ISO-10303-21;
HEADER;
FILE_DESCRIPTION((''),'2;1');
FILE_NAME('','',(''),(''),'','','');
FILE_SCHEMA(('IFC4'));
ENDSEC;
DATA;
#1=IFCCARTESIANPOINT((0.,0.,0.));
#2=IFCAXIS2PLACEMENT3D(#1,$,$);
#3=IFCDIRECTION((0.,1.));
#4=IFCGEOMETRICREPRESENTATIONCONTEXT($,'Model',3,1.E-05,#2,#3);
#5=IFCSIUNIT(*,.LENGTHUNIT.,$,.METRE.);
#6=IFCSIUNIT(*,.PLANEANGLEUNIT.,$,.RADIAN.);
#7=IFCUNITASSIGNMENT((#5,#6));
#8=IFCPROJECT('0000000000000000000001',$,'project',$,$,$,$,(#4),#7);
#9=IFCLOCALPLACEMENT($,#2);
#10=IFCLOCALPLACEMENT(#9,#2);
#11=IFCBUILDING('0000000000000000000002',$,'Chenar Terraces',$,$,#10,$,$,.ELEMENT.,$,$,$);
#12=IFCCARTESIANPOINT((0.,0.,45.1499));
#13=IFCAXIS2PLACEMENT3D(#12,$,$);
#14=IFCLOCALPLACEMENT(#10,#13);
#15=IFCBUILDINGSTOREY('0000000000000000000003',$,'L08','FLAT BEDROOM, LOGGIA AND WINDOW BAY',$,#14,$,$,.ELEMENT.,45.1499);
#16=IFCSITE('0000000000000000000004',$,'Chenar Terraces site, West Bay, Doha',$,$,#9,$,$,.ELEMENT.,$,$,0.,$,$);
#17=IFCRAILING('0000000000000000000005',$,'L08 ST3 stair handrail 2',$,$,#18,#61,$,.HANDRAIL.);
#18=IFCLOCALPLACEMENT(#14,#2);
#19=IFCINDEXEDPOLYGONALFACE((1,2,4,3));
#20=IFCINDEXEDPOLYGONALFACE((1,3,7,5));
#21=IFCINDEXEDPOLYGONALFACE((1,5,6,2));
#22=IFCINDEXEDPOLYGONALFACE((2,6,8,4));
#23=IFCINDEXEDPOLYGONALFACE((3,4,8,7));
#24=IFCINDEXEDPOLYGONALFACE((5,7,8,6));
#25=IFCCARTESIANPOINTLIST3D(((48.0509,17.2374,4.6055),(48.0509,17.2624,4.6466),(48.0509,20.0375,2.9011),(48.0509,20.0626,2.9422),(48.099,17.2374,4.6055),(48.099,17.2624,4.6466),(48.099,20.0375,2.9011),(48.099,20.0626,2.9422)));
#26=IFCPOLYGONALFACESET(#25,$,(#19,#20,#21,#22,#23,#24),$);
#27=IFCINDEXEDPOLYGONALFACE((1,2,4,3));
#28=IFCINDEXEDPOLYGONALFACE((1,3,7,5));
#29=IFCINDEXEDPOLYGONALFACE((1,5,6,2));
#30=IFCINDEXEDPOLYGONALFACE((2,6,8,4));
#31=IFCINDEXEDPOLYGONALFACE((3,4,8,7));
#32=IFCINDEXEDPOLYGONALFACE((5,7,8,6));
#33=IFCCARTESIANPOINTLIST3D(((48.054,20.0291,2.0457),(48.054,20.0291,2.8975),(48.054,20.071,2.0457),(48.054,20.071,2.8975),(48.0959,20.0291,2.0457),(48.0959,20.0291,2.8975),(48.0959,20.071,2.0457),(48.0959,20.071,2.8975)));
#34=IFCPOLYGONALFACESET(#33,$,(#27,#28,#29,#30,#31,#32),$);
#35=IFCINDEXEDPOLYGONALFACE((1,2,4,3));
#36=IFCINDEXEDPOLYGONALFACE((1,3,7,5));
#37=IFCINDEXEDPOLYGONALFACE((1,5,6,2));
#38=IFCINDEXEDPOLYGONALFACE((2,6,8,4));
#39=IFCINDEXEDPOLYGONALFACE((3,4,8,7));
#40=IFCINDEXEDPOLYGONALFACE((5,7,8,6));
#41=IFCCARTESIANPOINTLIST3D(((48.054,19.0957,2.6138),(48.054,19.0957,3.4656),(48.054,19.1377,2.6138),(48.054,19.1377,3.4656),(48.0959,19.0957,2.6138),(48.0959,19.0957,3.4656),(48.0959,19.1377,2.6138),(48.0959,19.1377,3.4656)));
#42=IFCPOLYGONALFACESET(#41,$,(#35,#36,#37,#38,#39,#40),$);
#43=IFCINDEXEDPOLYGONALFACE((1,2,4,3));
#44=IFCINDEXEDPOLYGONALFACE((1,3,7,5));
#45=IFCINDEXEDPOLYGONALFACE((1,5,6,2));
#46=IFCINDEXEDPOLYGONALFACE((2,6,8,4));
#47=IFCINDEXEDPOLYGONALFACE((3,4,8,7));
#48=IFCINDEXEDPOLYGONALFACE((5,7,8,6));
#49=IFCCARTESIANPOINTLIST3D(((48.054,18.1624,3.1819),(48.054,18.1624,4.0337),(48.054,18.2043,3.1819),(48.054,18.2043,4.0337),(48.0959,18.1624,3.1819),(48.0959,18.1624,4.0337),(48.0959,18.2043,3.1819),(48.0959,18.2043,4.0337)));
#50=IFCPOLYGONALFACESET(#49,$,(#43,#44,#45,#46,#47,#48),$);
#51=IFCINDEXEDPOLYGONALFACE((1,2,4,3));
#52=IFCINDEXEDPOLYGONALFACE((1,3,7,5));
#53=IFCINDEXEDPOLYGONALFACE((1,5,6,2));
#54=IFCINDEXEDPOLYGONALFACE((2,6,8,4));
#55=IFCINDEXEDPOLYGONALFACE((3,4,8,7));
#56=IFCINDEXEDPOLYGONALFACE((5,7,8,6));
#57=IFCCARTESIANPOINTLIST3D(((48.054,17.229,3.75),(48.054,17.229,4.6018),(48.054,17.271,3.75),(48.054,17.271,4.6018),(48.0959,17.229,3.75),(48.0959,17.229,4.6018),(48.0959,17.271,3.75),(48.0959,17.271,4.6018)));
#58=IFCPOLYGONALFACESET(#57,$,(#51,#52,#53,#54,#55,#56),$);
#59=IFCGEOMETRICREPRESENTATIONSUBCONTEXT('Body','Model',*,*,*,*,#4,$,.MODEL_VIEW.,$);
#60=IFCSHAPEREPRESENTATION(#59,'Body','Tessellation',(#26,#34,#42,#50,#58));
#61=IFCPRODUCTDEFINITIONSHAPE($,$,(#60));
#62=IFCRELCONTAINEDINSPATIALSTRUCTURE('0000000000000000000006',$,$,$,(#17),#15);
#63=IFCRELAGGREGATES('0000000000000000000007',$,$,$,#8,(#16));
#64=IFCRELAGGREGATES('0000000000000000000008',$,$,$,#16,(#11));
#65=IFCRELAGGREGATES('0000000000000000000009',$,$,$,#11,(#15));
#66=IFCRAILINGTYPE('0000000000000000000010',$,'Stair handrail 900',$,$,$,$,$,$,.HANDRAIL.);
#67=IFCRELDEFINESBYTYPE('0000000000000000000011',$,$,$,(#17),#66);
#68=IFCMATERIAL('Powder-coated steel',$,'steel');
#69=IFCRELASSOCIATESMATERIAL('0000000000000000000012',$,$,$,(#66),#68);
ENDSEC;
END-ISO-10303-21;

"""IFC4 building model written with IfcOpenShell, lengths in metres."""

from ifc_helpers import new_model, si_unit, direction, frame, origin, origin_2d, place, context, subcontext, project, spatial, rectangle, extrude, material, type_object, element, save


model = new_model("IFC4")

# Units and contexts
model_context = context("Model", 3, precision=1e-05, world=origin(), true_north=direction((0.0, 1.0)))
body_context = subcontext(model_context, "Body", "Model", "MODEL_VIEW")
ifc_project = project(units=[si_unit("LENGTHUNIT", "METRE"), si_unit("PLANEANGLEUNIT", "RADIAN")], contexts=[model_context])

# Site, building, storey
site_placement = place(None, origin())
site = spatial("IfcSite", under=ifc_project, at=site_placement, Name="Chenar Terraces site, West Bay, Doha", CompositionType="ELEMENT", RefElevation=0.0)
building_placement = place(site_placement, origin())
building = spatial("IfcBuilding", under=site, at=building_placement, Name="Chenar Terraces", CompositionType="ELEMENT")
storey_placement = place(building_placement, frame((0.0, 0.0, 45.1499)))
storey = spatial("IfcBuildingStorey", under=building, at=storey_placement, Name="L08", Description="FLAT BEDROOM, LOGGIA AND WINDOW BAY", CompositionType="ELEMENT", Elevation=45.1499)

# Railing
ifc_material_1 = material(Name="Powder-coated steel", Category="steel")
railing_type_1 = type_object("IfcRailingType", Name="Stair handrail 900", PredefinedType="HANDRAIL", material=ifc_material_1)
railing_1_placement = place(storey_placement, frame((48.075, 20.05, 2.0457)))
element("IfcRailing", 1, at=railing_1_placement, inside=storey, type_object=railing_type_1, Name="L08 ST3 stair handrail 2", PredefinedType="HANDRAIL", context=body_context, shape_type="SweptSolid", body=[
    extrude(rectangle(XDim=0.0481, YDim=0.0481, at=origin_2d()), frame((0.0, 0.0, 0.876), z_axis=(0.0, -0.854203, 0.51994), x_axis=(1.0, 0.0, 0.0)), (0.0, 0.0, 1.0), 3.2781),
    extrude(rectangle(XDim=0.042, YDim=0.042, at=origin_2d()), origin(), (0.0, 0.0, 1.0), 0.8518),
    extrude(rectangle(XDim=0.042, YDim=0.042, at=origin_2d()), frame((0.0, -0.9333, 0.5681)), (0.0, 0.0, 1.0), 0.8518),
    extrude(rectangle(XDim=0.042, YDim=0.042, at=origin_2d()), frame((0.0, -1.8667, 1.1362)), (0.0, 0.0, 1.0), 0.8518),
    extrude(rectangle(XDim=0.042, YDim=0.042, at=origin_2d()), frame((0.0, -2.8, 1.7043)), (0.0, 0.0, 1.0), 0.8518),
])

save(model, "model.ifc")
